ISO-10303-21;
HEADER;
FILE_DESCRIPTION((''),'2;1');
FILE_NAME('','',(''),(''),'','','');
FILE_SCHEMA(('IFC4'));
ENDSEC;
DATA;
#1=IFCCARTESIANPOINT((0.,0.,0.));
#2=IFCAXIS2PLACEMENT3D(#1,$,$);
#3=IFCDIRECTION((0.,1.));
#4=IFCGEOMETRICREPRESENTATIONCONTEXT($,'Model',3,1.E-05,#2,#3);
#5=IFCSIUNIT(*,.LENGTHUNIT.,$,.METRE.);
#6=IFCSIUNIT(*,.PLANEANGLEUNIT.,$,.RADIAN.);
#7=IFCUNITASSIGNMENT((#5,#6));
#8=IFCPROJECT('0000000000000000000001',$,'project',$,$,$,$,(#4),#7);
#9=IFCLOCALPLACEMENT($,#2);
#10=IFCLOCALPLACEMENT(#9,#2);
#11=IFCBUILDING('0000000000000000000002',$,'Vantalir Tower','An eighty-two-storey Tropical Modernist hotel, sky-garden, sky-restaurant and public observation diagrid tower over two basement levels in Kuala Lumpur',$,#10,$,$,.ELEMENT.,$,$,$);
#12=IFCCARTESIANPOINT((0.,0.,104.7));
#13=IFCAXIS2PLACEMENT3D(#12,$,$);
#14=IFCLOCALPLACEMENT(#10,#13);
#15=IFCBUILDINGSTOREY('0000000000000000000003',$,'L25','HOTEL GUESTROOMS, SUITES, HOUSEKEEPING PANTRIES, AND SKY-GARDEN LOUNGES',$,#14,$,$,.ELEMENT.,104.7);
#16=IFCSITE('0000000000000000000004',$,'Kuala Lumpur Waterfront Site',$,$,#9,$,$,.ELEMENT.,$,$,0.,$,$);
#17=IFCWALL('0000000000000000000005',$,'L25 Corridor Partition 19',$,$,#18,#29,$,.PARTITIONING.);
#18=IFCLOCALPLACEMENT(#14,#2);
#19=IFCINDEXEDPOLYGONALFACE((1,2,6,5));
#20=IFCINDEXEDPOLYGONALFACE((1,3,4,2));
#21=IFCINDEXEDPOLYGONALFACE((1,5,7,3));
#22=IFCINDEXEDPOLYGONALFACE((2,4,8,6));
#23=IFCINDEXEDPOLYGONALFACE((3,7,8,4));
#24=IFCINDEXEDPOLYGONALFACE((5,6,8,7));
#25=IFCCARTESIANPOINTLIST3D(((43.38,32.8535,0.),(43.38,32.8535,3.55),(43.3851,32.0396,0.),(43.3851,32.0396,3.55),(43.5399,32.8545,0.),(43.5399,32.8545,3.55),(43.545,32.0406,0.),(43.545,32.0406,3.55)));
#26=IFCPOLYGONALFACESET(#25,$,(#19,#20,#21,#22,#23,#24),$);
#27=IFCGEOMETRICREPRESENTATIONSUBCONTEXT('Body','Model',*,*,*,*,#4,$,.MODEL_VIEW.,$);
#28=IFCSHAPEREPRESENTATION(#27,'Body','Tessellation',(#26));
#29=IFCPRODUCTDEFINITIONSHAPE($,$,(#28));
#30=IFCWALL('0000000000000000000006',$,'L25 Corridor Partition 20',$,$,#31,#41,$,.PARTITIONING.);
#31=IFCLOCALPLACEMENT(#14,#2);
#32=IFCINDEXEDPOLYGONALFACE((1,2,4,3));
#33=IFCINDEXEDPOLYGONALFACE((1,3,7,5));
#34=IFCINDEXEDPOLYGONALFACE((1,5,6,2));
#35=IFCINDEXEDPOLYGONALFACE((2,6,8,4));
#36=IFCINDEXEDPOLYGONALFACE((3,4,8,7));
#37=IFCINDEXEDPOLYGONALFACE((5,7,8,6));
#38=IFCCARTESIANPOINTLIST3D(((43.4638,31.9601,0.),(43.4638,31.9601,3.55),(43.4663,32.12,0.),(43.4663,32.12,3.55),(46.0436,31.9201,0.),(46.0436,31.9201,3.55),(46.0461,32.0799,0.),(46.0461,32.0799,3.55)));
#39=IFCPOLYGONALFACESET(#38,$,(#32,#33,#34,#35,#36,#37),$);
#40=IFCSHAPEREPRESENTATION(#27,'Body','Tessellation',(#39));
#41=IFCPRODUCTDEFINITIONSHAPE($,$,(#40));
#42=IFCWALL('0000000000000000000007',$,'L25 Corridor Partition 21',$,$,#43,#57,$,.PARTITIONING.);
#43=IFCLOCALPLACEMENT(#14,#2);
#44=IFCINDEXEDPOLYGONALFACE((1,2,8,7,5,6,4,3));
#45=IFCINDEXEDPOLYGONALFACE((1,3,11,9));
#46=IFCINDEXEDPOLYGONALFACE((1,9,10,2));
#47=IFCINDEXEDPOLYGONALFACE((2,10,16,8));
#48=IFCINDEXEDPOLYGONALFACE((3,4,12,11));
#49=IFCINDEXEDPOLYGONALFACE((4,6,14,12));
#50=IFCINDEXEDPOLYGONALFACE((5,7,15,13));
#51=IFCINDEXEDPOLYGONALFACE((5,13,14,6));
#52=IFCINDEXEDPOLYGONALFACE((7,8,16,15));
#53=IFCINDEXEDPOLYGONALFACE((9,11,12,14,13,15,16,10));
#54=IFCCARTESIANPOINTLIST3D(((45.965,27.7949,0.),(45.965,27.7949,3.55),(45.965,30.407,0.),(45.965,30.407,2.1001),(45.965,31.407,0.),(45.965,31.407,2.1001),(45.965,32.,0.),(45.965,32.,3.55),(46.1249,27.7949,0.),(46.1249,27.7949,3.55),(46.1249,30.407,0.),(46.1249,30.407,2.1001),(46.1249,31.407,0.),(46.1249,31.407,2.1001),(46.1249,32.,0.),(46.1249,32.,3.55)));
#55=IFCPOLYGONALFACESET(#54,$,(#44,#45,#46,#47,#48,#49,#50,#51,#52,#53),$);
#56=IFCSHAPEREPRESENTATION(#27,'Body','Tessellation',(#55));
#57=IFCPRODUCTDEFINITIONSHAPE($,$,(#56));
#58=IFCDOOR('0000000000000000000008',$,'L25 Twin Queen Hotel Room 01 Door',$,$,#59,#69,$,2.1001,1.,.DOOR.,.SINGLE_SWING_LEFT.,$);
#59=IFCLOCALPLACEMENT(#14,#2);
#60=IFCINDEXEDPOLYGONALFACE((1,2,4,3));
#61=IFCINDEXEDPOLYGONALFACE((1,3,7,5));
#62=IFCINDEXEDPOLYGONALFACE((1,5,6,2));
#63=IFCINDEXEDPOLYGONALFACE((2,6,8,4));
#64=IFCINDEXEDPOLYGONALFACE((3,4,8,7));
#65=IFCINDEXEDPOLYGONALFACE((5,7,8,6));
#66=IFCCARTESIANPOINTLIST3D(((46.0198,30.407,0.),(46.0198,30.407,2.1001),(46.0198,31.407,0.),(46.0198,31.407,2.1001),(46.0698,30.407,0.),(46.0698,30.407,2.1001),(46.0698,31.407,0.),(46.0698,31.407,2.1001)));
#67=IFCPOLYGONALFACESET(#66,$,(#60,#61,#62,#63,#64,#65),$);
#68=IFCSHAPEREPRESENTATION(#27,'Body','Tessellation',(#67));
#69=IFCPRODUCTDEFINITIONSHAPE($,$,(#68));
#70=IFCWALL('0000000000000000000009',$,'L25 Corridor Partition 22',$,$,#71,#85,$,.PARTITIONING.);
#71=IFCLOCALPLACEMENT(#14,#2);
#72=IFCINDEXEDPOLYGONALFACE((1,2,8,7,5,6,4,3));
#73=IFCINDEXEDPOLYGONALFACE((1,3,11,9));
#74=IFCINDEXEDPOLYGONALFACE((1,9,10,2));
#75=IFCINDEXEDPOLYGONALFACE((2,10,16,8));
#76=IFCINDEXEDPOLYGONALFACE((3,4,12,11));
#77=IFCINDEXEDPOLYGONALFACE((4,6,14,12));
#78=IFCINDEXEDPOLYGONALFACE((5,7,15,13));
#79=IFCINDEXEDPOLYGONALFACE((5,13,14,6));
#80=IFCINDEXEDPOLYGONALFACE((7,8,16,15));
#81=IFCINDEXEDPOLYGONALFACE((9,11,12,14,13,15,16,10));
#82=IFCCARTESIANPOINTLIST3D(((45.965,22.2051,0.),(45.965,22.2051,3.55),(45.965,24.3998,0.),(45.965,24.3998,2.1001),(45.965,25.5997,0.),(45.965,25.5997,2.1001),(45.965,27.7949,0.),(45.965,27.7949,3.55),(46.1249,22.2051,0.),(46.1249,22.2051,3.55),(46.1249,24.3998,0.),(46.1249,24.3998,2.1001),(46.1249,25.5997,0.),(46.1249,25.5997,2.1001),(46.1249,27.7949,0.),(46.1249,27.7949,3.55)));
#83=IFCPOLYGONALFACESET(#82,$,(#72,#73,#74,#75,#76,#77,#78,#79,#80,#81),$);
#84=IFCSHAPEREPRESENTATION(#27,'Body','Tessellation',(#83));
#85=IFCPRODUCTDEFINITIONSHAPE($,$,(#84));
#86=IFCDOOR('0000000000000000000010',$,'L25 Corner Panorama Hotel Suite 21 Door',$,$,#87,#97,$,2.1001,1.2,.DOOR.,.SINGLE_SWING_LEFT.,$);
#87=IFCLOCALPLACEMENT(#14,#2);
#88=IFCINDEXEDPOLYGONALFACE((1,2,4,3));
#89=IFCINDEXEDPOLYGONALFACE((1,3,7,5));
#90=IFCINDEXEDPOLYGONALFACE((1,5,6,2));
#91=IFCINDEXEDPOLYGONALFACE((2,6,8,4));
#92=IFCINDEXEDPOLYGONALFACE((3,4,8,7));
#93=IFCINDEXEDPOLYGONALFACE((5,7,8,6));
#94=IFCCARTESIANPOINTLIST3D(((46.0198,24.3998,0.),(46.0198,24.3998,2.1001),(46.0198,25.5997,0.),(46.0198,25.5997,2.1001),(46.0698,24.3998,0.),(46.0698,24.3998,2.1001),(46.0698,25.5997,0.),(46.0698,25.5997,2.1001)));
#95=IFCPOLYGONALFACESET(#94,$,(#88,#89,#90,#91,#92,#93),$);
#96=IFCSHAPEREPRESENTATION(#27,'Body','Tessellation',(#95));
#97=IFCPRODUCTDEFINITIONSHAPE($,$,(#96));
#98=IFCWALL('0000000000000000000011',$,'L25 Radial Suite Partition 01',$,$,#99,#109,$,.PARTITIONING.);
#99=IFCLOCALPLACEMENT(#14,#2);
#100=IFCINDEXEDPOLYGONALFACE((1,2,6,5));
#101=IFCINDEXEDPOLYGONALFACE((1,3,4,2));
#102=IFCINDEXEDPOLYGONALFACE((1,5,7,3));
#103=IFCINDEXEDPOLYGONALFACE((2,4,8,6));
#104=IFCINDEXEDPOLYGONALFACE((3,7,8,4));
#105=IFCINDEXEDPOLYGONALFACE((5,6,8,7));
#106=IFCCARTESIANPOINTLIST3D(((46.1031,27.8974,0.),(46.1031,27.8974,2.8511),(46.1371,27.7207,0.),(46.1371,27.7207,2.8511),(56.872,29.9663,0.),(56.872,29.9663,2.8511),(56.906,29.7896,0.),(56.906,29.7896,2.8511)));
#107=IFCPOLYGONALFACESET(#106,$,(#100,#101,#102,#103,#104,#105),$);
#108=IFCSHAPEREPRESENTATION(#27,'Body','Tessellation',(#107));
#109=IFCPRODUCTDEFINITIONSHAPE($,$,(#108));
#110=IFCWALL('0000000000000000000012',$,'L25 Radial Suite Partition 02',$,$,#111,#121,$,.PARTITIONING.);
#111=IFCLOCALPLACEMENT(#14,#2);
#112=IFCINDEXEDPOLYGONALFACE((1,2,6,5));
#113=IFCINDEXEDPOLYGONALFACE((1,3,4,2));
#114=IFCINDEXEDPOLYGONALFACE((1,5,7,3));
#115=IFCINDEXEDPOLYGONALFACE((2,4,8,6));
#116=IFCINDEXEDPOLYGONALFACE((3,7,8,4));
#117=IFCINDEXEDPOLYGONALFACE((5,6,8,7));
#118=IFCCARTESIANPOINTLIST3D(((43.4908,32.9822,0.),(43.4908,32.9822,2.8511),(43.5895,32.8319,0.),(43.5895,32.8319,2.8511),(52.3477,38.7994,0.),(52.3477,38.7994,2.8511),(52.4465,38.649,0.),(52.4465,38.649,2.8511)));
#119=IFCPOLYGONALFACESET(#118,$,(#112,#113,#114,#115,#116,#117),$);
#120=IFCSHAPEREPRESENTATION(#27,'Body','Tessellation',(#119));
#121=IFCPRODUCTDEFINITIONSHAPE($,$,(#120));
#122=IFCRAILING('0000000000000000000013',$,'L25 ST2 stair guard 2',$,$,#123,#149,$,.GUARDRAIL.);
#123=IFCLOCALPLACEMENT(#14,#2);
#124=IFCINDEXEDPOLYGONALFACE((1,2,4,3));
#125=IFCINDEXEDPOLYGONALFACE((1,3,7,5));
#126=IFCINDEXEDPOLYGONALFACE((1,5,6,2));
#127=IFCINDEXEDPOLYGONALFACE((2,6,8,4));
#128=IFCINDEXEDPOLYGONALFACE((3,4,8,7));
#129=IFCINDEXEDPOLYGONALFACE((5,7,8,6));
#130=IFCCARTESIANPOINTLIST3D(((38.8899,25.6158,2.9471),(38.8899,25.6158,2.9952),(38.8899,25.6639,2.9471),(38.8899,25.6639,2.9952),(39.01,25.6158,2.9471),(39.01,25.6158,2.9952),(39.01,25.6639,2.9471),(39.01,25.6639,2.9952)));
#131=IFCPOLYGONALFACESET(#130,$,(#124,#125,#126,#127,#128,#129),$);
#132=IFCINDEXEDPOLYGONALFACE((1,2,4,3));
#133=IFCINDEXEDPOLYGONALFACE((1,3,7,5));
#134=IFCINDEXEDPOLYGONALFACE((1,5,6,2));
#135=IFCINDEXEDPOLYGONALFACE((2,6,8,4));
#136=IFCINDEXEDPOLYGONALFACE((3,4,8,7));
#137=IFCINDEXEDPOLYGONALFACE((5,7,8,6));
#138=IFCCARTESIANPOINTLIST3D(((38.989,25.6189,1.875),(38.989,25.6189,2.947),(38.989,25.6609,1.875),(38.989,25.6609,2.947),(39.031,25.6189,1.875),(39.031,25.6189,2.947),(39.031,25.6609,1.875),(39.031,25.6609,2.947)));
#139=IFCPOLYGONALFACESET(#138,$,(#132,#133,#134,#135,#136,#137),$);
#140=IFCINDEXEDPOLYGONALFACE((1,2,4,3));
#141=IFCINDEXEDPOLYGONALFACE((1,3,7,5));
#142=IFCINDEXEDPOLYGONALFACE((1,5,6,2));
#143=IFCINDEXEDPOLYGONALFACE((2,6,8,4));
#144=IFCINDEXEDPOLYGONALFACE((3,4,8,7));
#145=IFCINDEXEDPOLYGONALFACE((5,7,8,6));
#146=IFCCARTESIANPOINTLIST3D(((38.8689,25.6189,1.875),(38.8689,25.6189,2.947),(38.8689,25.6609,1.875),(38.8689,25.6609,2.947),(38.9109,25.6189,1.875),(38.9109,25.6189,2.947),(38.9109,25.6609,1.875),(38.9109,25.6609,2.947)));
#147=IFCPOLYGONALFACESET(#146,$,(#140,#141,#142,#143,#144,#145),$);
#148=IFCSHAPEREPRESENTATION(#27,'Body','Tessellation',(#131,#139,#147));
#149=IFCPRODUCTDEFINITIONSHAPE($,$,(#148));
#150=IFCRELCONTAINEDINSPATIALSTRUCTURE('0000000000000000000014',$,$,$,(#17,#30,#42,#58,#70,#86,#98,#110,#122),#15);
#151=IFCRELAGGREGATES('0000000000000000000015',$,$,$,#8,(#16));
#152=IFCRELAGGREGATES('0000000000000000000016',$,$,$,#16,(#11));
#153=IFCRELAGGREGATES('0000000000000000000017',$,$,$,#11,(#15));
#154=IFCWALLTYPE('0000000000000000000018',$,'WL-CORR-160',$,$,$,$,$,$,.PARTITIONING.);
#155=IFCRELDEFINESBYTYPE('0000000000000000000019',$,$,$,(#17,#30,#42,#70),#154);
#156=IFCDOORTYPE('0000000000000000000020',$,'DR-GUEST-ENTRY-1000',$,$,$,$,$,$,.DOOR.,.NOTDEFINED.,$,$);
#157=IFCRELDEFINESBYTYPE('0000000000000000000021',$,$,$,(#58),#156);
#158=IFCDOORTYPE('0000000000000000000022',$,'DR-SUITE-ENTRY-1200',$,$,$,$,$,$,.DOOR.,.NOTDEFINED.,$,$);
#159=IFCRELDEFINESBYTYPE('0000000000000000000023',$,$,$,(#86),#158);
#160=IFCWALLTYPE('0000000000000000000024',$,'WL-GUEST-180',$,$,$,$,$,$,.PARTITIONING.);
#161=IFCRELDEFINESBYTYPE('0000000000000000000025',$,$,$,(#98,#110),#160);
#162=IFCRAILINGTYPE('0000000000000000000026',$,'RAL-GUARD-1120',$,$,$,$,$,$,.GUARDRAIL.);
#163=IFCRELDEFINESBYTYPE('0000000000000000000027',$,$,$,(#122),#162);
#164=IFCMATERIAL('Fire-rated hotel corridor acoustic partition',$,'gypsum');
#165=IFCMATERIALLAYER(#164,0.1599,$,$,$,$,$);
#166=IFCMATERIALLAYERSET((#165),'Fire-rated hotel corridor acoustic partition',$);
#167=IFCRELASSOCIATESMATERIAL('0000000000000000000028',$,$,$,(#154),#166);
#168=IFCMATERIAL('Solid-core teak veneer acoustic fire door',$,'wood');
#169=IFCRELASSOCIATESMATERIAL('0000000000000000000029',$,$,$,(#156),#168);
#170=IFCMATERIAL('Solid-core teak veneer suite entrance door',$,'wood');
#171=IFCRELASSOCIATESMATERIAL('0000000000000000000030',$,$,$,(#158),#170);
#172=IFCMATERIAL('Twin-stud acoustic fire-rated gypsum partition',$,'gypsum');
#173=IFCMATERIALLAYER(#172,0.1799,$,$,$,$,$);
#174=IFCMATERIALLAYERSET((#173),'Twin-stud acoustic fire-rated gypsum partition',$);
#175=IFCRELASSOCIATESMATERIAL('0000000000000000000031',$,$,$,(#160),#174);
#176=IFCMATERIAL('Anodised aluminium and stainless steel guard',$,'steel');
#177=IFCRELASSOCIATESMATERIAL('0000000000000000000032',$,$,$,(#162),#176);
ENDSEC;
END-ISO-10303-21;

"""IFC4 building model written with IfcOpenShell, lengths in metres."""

from ifc_helpers import new_model, si_unit, direction, frame, frame_2d, origin, origin_2d, place, context, subcontext, project, spatial, rectangle, extrude, material, layer, layer_set, type_object, element, fill, save


model = new_model("IFC4")

# Units and contexts
model_context = context("Model", 3, precision=1e-05, world=origin(), true_north=direction((0.0, 1.0)))
body_context = subcontext(model_context, "Body", "Model", "MODEL_VIEW")
ifc_project = project(units=[si_unit("LENGTHUNIT", "METRE"), si_unit("PLANEANGLEUNIT", "RADIAN")], contexts=[model_context])

# Site, building, storey
site_placement = place(None, origin())
site = spatial("IfcSite", under=ifc_project, at=site_placement, Name="Kuala Lumpur Waterfront Site", CompositionType="ELEMENT", RefElevation=0.0)
building_placement = place(site_placement, origin())
building = spatial("IfcBuilding", under=site, at=building_placement, Name="Vantalir Tower", Description="An eighty-two-storey Tropical Modernist hotel, sky-garden, sky-restaurant and public observation diagrid tower over two basement levels in Kuala Lumpur", CompositionType="ELEMENT")
storey_placement = place(building_placement, frame((0.0, 0.0, 104.7)))
storey = spatial("IfcBuildingStorey", under=building, at=storey_placement, Name="L25", Description="HOTEL GUESTROOMS, SUITES, HOUSEKEEPING PANTRIES, AND SKY-GARDEN LOUNGES", CompositionType="ELEMENT", Elevation=104.7)

# Walls
ifc_material_1 = material(Name="Fire-rated hotel corridor acoustic partition", Category="gypsum")
ifc_layer_1 = layer(ifc_material_1, 0.1599)
ifc_layer_set_1 = layer_set([ifc_layer_1], Name="Fire-rated hotel corridor acoustic partition")
wall_type_1 = type_object("IfcWallType", Name="WL-CORR-160", PredefinedType="PARTITIONING", material=ifc_layer_set_1)
wall_1_placement = place(storey_placement, frame((43.46, 32.854, 0.0), z_axis=(0.0, 0.0, 1.0), x_axis=(0.006299, -0.99998, 0.0)))
element("IfcWall", 1, at=wall_1_placement, inside=storey, type_object=wall_type_1, Name="L25 Corridor Partition 19", PredefinedType="PARTITIONING", context=body_context, shape_type="SweptSolid", body=[
    extrude(rectangle(XDim=0.814, YDim=0.1599, at=frame_2d((0.407, 0.0))), origin(), (0.0, 0.0, 1.0), 3.55),
])
wall_2_placement = place(storey_placement, frame((43.4651, 32.04, 0.0), z_axis=(0.0, 0.0, 1.0), x_axis=(0.99988, -0.015518, 0.0)))
element("IfcWall", 2, at=wall_2_placement, inside=storey, type_object=wall_type_1, Name="L25 Corridor Partition 20", PredefinedType="PARTITIONING", context=body_context, shape_type="SweptSolid", body=[
    extrude(rectangle(XDim=2.5801, YDim=0.1599, at=frame_2d((1.29, 0.0))), origin(), (0.0, 0.0, 1.0), 3.55),
])

# Walls, openings, doors
wall_3_placement = place(storey_placement, frame((46.0449, 32.0, 0.0), z_axis=(0.0, 0.0, 1.0), x_axis=(0.0, -1.0, 0.0)))
wall_3 = element("IfcWall", 3, at=wall_3_placement, inside=storey, type_object=wall_type_1, Name="L25 Corridor Partition 21", PredefinedType="PARTITIONING", context=body_context, shape_type="SweptSolid", body=[
    extrude(rectangle(XDim=4.2051, YDim=0.1599, at=frame_2d((2.1025, 0.0))), origin(), (0.0, 0.0, 1.0), 3.55),
])
opening_1_placement = place(wall_3_placement, frame((0.593, 0.0, 0.0)))
opening_1 = element("IfcOpeningElement", 4, at=opening_1_placement, cuts=wall_3, PredefinedType="OPENING", context=body_context, shape_type="SweptSolid", body=[
    extrude(rectangle(XDim=1.0, YDim=2.1001, at=frame_2d((0.5, 1.05))), frame((0.0, 0.0898, 0.0), z_axis=(0.0, -1.0, 0.0), x_axis=(1.0, 0.0, 0.0)), (0.0, 0.0, 1.0), 0.1799),
])
ifc_material_2 = material(Name="Solid-core teak veneer acoustic fire door", Category="wood")
door_type_1 = type_object("IfcDoorType", Name="DR-GUEST-ENTRY-1000", OperationType="NOTDEFINED", PredefinedType="DOOR", material=ifc_material_2)
door_1_placement = place(opening_1_placement, origin())
door_1 = element("IfcDoor", 5, at=door_1_placement, inside=storey, type_object=door_type_1, Name="L25 Twin Queen Hotel Room 01 Door", OperationType="SINGLE_SWING_LEFT", OverallHeight=2.1001, OverallWidth=1.0, PredefinedType="DOOR", context=body_context, shape_type="SweptSolid", body=[
    extrude(rectangle(XDim=1.0, YDim=2.1001, at=frame_2d((0.5, 1.05))), frame((0.0, 0.0249, 0.0), z_axis=(0.0, -1.0, 0.0), x_axis=(1.0, 0.0, 0.0)), (0.0, 0.0, 1.0), 0.05),
])
fill(opening_1, door_1)
wall_4_placement = place(storey_placement, frame((46.0449, 27.7949, 0.0), z_axis=(0.0, 0.0, 1.0), x_axis=(0.0, -1.0, 0.0)))
wall_4 = element("IfcWall", 6, at=wall_4_placement, inside=storey, type_object=wall_type_1, Name="L25 Corridor Partition 22", PredefinedType="PARTITIONING", context=body_context, shape_type="SweptSolid", body=[
    extrude(rectangle(XDim=5.5898, YDim=0.1599, at=frame_2d((2.7949, 0.0))), origin(), (0.0, 0.0, 1.0), 3.55),
])
opening_2_placement = place(wall_4_placement, frame((2.1951, 0.0, 0.0)))
opening_2 = element("IfcOpeningElement", 7, at=opening_2_placement, cuts=wall_4, PredefinedType="OPENING", context=body_context, shape_type="SweptSolid", body=[
    extrude(rectangle(XDim=1.2, YDim=2.1001, at=frame_2d((0.6001, 1.05))), frame((0.0, 0.0898, 0.0), z_axis=(0.0, -1.0, 0.0), x_axis=(1.0, 0.0, 0.0)), (0.0, 0.0, 1.0), 0.1799),
])
ifc_material_3 = material(Name="Solid-core teak veneer suite entrance door", Category="wood")
door_type_2 = type_object("IfcDoorType", Name="DR-SUITE-ENTRY-1200", OperationType="NOTDEFINED", PredefinedType="DOOR", material=ifc_material_3)
door_2_placement = place(opening_2_placement, origin())
door_2 = element("IfcDoor", 8, at=door_2_placement, inside=storey, type_object=door_type_2, Name="L25 Corner Panorama Hotel Suite 21 Door", OperationType="SINGLE_SWING_LEFT", OverallHeight=2.1001, OverallWidth=1.2, PredefinedType="DOOR", context=body_context, shape_type="SweptSolid", body=[
    extrude(rectangle(XDim=1.2, YDim=2.1001, at=frame_2d((0.6001, 1.05))), frame((0.0, 0.0249, 0.0), z_axis=(0.0, -1.0, 0.0), x_axis=(1.0, 0.0, 0.0)), (0.0, 0.0, 1.0), 0.05),
])
fill(opening_2, door_2)

# Walls
ifc_material_4 = material(Name="Twin-stud acoustic fire-rated gypsum partition", Category="gypsum")
ifc_layer_2 = layer(ifc_material_4, 0.1799)
ifc_layer_set_2 = layer_set([ifc_layer_2], Name="Twin-stud acoustic fire-rated gypsum partition")
wall_type_2 = type_object("IfcWallType", Name="WL-GUEST-180", PredefinedType="PARTITIONING", material=ifc_layer_set_2)
wall_5_placement = place(storey_placement, frame((46.1201, 27.8091, 0.0), z_axis=(0.0, 0.0, 1.0), x_axis=(0.982042, 0.188665, 0.0)))
element("IfcWall", 9, at=wall_5_placement, inside=storey, type_object=wall_type_2, Name="L25 Radial Suite Partition 01", PredefinedType="PARTITIONING", context=body_context, shape_type="SweptSolid", body=[
    extrude(rectangle(XDim=10.9658, YDim=0.1799, at=frame_2d((5.4829, 0.0))), origin(), (0.0, 0.0, 1.0), 2.8511),
])
wall_6_placement = place(storey_placement, frame((43.54, 32.907, 0.0), z_axis=(0.0, 0.0, 1.0), x_axis=(0.835841, 0.548971, 0.0)))
element("IfcWall", 10, at=wall_6_placement, inside=storey, type_object=wall_type_2, Name="L25 Radial Suite Partition 02", PredefinedType="PARTITIONING", context=body_context, shape_type="SweptSolid", body=[
    extrude(rectangle(XDim=10.5964, YDim=0.1799, at=frame_2d((5.2983, 0.0))), origin(), (0.0, 0.0, 1.0), 2.8511),
])

# Railing
ifc_material_5 = material(Name="Anodised aluminium and stainless steel guard", Category="steel")
railing_type = type_object("IfcRailingType", Name="RAL-GUARD-1120", PredefinedType="GUARDRAIL", material=ifc_material_5)
railing_placement = place(storey_placement, frame((39.01, 25.6399, 1.875)))
element("IfcRailing", 11, at=railing_placement, inside=storey, type_object=railing_type, Name="L25 ST2 stair guard 2", PredefinedType="GUARDRAIL", context=body_context, shape_type="SweptSolid", body=[
    extrude(rectangle(XDim=0.0481, YDim=0.0481, at=origin_2d()), frame((0.0, 0.0, 1.0962), z_axis=(-1.0, 0.0, 0.0), x_axis=(0.0, -1.0, 0.0)), (0.0, 0.0, 1.0), 0.1201),
    extrude(rectangle(XDim=0.042, YDim=0.042, at=origin_2d()), origin(), (0.0, 0.0, 1.0), 1.072),
    extrude(rectangle(XDim=0.042, YDim=0.042, at=origin_2d()), frame((-0.1201, 0.0, 0.0)), (0.0, 0.0, 1.0), 1.072),
])

save(model, "model.ifc")
